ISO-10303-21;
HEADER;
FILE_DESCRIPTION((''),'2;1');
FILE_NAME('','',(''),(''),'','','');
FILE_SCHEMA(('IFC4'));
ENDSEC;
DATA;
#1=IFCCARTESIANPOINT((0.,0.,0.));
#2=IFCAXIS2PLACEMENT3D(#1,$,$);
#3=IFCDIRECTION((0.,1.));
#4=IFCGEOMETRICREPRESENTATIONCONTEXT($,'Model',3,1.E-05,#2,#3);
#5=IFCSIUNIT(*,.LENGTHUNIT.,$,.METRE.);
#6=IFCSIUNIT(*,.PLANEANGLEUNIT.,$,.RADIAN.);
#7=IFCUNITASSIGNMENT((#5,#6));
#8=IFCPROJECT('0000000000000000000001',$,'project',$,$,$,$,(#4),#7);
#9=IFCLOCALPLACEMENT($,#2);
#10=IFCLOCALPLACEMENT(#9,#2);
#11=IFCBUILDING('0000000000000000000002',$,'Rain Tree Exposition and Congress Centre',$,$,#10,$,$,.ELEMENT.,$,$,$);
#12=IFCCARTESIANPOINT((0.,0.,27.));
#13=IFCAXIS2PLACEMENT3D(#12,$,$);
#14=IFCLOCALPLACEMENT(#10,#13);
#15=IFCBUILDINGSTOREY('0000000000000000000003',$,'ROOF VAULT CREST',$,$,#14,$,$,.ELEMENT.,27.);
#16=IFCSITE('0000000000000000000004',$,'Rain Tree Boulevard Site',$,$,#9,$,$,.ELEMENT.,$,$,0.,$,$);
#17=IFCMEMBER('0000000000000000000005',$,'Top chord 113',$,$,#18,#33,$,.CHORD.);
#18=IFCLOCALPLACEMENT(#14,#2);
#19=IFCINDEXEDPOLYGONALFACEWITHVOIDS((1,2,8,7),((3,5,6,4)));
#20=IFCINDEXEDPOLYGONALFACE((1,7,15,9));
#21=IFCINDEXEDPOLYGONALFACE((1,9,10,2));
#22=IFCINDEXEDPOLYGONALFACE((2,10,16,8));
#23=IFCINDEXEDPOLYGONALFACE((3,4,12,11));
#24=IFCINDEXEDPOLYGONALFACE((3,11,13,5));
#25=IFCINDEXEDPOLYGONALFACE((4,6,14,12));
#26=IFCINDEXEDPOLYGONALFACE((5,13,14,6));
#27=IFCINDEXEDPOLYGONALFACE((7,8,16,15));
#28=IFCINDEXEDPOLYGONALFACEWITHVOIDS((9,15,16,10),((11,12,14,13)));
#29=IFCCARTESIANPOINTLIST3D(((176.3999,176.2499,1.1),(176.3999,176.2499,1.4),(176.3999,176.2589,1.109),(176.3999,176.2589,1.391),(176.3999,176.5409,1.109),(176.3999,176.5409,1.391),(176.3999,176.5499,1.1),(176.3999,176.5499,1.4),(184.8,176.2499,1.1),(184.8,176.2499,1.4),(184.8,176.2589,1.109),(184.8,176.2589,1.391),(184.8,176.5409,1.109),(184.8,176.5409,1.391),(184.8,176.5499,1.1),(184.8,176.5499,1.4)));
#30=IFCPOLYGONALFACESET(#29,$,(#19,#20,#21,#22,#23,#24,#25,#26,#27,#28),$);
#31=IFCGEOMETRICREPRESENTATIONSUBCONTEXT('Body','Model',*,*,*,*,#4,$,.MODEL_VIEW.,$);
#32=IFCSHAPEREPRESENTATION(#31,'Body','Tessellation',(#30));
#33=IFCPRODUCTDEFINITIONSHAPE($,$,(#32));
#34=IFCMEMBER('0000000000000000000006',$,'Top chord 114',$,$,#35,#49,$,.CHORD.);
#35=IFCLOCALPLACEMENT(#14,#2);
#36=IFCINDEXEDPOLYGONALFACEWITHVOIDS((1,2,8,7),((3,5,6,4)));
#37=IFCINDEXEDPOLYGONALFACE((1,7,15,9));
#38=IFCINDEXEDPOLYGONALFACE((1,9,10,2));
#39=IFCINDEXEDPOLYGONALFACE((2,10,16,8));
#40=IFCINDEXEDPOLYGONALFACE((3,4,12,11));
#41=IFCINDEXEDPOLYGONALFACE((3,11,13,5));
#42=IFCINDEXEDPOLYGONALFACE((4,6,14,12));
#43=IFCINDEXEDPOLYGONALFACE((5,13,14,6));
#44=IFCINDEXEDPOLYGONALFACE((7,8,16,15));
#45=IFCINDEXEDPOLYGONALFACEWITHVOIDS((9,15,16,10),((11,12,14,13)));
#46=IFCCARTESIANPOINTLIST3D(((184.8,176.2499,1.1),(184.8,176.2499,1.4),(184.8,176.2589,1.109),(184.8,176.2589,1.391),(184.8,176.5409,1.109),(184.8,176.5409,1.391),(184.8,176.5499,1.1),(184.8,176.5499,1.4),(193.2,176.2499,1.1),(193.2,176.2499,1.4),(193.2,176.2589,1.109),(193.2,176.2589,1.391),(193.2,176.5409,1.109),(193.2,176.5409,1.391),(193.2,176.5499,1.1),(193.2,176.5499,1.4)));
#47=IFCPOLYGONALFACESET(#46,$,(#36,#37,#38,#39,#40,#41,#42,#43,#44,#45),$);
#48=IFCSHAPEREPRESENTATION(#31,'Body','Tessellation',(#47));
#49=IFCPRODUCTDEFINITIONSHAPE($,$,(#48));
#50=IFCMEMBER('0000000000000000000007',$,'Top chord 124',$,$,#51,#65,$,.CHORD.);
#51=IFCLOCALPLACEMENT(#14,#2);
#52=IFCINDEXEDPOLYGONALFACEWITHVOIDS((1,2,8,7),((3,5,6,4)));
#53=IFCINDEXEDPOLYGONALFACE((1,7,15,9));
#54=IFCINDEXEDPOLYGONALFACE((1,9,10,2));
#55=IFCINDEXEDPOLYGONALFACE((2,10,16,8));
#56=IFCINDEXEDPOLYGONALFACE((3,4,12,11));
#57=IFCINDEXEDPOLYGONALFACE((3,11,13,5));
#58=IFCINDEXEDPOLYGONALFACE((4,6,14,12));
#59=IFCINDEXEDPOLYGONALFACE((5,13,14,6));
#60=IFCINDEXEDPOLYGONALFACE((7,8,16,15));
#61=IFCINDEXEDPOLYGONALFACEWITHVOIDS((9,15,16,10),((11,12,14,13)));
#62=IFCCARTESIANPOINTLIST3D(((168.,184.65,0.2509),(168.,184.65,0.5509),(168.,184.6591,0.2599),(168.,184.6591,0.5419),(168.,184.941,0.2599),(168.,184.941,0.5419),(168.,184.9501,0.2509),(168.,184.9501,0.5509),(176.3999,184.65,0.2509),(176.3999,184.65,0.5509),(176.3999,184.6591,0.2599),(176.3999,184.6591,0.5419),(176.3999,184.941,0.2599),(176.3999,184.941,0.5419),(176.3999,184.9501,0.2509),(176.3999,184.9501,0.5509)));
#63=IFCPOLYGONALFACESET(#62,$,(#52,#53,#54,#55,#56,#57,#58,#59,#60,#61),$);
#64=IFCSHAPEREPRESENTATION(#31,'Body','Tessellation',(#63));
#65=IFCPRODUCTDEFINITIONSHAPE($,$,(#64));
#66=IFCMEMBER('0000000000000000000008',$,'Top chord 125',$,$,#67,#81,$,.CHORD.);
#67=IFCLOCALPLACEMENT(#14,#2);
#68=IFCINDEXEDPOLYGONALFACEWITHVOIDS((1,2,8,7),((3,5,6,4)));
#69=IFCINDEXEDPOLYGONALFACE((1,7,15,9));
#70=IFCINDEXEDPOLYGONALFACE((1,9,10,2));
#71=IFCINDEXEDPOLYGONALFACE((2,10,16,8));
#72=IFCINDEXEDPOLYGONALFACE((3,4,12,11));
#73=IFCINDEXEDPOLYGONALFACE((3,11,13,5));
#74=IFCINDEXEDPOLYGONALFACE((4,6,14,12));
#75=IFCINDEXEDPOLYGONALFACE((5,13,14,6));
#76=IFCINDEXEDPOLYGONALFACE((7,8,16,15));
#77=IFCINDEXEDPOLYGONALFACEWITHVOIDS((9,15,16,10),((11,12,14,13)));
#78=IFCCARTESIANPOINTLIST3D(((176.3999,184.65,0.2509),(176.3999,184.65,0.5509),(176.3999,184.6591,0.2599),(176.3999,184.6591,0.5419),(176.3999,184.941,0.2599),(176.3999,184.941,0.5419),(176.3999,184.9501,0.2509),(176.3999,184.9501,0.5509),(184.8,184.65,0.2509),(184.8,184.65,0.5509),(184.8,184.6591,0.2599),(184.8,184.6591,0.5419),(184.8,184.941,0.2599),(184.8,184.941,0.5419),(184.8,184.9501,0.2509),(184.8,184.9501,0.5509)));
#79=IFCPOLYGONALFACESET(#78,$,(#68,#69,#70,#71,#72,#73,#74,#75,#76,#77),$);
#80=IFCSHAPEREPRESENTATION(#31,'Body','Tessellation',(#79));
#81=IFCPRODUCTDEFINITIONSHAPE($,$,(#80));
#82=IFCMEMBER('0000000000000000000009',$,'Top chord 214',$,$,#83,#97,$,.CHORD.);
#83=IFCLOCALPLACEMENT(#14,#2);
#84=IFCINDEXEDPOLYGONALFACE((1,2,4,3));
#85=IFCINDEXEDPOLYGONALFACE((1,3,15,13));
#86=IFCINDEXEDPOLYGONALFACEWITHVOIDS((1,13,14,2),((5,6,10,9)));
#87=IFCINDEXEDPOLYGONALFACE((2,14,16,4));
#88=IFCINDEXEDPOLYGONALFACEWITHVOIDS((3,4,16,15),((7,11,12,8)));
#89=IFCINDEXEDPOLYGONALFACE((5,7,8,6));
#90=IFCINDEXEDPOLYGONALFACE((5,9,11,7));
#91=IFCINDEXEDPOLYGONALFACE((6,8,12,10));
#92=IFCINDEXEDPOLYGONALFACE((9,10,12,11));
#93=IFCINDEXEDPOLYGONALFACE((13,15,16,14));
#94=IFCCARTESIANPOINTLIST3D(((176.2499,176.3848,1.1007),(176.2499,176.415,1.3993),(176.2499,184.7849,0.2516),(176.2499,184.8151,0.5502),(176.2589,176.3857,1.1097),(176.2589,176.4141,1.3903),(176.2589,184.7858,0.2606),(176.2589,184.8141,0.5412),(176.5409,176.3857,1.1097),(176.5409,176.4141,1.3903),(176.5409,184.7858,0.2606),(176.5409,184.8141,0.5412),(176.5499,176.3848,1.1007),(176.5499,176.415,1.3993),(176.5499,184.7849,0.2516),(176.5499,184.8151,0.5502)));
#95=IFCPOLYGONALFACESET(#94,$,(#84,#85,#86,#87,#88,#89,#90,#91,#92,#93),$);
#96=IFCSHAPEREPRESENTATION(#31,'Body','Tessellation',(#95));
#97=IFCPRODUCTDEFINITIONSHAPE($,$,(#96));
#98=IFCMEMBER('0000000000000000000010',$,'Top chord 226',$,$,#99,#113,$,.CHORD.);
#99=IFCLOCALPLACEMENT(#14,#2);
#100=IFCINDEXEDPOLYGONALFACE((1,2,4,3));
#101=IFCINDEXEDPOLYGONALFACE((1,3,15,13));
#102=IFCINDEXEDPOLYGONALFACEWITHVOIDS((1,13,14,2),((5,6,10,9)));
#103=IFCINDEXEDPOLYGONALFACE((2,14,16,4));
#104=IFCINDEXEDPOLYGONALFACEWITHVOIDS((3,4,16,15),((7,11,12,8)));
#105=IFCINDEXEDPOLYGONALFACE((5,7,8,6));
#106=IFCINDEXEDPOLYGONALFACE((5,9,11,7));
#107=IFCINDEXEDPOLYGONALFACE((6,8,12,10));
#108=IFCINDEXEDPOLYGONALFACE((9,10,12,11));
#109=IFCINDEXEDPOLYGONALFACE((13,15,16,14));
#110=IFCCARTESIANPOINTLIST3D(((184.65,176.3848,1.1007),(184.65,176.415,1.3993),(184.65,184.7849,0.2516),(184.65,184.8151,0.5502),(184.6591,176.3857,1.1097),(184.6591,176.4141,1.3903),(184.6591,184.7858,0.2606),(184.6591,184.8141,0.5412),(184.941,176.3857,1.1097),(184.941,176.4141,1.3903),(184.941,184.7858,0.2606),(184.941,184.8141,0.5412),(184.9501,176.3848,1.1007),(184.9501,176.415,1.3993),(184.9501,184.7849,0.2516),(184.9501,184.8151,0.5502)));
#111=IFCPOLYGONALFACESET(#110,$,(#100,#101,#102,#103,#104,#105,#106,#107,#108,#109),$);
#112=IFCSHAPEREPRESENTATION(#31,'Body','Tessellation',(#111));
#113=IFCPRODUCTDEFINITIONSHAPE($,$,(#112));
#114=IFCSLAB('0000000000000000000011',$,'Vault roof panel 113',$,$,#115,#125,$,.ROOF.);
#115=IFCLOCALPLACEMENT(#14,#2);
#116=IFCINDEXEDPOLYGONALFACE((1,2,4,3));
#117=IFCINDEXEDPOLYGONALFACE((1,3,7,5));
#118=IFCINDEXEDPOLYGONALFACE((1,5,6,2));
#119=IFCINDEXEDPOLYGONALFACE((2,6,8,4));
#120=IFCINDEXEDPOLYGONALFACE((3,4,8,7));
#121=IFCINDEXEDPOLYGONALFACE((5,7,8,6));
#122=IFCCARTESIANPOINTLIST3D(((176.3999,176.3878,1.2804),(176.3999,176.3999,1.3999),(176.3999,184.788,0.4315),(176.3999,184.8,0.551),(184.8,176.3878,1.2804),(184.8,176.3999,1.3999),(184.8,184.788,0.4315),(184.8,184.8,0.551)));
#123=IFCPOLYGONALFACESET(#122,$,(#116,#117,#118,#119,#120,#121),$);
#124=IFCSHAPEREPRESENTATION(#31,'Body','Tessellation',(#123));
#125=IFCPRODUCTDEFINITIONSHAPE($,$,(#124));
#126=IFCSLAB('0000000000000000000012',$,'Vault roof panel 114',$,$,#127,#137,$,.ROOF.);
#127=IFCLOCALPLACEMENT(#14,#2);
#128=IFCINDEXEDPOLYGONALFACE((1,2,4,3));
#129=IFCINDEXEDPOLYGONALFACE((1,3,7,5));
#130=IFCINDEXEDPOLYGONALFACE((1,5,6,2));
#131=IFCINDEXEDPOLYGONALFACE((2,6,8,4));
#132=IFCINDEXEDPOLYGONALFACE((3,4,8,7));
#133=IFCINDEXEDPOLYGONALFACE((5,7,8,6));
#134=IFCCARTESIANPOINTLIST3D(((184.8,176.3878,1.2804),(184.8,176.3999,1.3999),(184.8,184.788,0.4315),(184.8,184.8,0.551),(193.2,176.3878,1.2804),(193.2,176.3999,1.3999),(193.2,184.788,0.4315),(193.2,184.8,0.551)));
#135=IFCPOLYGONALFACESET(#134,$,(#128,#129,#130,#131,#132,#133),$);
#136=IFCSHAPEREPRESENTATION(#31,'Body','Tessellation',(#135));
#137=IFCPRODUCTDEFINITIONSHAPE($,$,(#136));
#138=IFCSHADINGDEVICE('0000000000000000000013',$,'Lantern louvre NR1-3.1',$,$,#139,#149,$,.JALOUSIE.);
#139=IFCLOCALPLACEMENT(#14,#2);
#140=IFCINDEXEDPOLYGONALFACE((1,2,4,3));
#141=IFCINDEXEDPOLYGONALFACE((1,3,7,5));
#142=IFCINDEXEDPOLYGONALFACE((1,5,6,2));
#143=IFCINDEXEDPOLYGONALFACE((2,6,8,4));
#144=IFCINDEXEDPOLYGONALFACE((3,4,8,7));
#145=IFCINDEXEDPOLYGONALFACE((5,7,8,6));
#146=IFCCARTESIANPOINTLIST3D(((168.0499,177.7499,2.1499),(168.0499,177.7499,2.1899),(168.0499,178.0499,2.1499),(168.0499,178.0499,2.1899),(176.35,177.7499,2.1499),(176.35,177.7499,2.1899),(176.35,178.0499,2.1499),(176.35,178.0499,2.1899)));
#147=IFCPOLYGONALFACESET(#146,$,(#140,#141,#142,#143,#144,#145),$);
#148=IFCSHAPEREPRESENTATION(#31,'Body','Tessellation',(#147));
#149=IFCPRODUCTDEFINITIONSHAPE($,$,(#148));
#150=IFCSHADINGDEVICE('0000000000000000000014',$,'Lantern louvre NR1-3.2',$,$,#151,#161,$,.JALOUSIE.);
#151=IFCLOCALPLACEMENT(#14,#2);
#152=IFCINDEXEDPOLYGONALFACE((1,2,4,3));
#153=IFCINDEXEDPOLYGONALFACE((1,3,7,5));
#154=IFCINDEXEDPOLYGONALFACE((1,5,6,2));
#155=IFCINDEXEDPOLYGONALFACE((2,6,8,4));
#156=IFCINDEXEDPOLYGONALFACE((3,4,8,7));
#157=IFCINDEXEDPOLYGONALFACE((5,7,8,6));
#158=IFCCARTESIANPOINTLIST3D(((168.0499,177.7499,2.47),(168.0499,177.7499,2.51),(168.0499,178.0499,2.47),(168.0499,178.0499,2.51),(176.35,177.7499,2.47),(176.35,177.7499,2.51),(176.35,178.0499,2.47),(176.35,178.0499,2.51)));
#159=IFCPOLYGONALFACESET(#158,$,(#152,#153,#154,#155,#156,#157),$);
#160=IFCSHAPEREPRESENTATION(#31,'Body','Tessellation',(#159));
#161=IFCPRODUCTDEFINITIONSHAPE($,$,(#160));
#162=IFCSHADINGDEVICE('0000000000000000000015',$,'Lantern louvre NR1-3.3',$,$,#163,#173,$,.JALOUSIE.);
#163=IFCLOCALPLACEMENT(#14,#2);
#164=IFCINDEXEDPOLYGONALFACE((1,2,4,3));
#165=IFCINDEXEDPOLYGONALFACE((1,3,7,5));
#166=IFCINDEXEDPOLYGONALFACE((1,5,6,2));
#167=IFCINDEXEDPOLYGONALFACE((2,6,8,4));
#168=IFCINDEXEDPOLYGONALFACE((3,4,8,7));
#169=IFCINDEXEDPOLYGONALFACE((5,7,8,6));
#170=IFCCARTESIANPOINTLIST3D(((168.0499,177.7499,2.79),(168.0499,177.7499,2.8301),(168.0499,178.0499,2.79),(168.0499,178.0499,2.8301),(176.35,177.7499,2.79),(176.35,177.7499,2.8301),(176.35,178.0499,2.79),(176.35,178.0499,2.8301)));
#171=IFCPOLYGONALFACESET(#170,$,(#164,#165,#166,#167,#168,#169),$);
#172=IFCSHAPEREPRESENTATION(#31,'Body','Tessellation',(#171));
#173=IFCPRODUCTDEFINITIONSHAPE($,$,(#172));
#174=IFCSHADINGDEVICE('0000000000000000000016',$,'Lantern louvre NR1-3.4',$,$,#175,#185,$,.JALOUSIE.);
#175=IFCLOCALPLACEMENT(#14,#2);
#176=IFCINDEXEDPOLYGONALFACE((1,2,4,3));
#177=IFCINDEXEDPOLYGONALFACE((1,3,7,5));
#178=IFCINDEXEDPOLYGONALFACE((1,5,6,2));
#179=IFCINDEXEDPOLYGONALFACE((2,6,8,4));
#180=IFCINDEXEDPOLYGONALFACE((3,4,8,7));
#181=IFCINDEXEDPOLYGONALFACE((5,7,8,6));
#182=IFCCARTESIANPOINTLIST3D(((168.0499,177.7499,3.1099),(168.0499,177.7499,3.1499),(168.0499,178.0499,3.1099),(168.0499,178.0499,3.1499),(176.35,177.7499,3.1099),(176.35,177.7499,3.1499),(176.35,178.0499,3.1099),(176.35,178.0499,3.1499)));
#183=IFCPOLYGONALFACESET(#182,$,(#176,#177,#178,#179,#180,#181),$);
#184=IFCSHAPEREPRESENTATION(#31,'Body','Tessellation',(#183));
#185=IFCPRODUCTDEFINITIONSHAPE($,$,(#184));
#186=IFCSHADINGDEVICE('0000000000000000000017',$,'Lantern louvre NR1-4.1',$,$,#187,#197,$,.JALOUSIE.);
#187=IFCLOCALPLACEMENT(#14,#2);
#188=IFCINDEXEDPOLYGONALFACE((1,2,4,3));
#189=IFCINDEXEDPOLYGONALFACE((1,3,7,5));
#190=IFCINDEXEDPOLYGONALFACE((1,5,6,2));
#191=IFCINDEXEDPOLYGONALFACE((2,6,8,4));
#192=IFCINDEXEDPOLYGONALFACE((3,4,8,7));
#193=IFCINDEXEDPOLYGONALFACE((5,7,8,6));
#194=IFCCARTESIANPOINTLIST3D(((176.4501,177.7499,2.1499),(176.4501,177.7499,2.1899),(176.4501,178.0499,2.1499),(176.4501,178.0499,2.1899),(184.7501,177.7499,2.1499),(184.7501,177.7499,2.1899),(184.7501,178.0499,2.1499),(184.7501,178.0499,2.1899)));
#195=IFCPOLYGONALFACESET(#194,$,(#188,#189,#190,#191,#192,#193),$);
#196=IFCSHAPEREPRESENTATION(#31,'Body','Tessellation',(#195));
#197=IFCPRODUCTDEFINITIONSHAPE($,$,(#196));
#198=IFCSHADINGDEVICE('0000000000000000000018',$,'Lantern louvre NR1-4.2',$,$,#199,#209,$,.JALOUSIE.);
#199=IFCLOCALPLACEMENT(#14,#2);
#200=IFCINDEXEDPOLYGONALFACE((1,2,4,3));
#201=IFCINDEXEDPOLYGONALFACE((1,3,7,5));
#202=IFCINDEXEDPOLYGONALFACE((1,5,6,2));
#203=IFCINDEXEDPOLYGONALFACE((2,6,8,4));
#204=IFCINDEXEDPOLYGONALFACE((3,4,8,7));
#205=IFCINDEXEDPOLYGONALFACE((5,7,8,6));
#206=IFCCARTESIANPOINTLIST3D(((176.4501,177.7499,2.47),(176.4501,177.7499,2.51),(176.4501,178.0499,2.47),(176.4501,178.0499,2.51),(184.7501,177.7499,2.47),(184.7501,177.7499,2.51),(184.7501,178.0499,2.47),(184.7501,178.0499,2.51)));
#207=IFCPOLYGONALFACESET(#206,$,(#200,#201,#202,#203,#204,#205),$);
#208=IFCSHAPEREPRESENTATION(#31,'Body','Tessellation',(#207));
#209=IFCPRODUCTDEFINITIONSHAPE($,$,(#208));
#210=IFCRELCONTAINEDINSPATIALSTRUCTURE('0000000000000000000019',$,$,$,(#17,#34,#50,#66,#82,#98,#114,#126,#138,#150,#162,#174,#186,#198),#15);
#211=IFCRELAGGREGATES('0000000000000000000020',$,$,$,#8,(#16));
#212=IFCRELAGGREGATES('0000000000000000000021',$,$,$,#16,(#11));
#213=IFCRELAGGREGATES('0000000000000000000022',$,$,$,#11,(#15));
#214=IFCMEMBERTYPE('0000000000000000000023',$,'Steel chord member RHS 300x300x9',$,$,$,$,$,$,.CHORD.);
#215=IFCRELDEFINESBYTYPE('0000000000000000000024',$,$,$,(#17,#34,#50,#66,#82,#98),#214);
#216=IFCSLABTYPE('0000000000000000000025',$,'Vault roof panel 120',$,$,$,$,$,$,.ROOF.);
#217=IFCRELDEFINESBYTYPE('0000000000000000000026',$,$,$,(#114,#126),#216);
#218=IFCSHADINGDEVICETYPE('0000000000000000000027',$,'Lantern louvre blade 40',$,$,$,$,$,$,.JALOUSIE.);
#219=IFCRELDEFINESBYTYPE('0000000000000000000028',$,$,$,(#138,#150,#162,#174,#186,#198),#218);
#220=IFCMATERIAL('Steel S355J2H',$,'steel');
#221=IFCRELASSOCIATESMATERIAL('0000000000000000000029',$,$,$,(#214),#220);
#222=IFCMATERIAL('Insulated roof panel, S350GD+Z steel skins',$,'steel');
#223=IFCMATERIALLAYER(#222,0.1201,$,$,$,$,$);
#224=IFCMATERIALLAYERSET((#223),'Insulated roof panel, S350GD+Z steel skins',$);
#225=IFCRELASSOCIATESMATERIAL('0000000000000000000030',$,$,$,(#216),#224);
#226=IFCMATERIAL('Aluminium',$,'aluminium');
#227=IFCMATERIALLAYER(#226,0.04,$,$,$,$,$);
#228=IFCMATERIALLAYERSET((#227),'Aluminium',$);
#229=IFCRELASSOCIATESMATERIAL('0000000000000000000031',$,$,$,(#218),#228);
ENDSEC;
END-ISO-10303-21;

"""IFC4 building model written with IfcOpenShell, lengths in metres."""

from ifc_helpers import new_model, si_unit, direction, frame, origin, origin_2d, place, context, subcontext, project, spatial, polyline, rectangle, hollow_rectangle, outline, extrude, material, layer, layer_set, material_profile, profile_set, type_object, element, save


model = new_model("IFC4")

# Units and contexts
model_context = context("Model", 3, precision=1e-05, world=origin(), true_north=direction((0.0, 1.0)))
body_context = subcontext(model_context, "Body", "Model", "MODEL_VIEW")
ifc_project = project(units=[si_unit("LENGTHUNIT", "METRE"), si_unit("PLANEANGLEUNIT", "RADIAN")], contexts=[model_context])

# Site, building, storey
site_placement = place(None, origin())
site = spatial("IfcSite", under=ifc_project, at=site_placement, Name="Rain Tree Boulevard Site", CompositionType="ELEMENT", RefElevation=0.0)
building_placement = place(site_placement, origin())
building = spatial("IfcBuilding", under=site, at=building_placement, Name="Rain Tree Exposition and Congress Centre", CompositionType="ELEMENT")
storey_placement = place(building_placement, frame((0.0, 0.0, 27.0)))
storey = spatial("IfcBuildingStorey", under=building, at=storey_placement, Name="ROOF VAULT CREST", CompositionType="ELEMENT", Elevation=27.0)

# Members
ifc_material_1 = material(Name="Steel S355J2H", Category="steel")
ifc_material_profile_1 = material_profile(ifc_material_1, hollow_rectangle(XDim=0.3, YDim=0.3, WallThickness=0.009, at=origin_2d()), Name="RHS 300x300x9")
ifc_profile_set_1 = profile_set([ifc_material_profile_1], Name="Steel S355J2H")
member_type = type_object("IfcMemberType", Name="Steel chord member RHS 300x300x9", PredefinedType="CHORD", material=ifc_profile_set_1)
member_1_placement = place(storey_placement, frame((176.3999, 176.3999, 1.25), z_axis=(1.0, 0.0, 0.0), x_axis=(0.0, 1.0, 0.0)))
element("IfcMember", 1, at=member_1_placement, inside=storey, type_object=member_type, Name="Top chord 113", PredefinedType="CHORD", context=body_context, shape_type="SweptSolid", body=[
    extrude(hollow_rectangle(XDim=0.3, YDim=0.3, WallThickness=0.009, at=origin_2d()), origin(), (0.0, 0.0, 1.0), 8.4001),
])
for number, where, z_axis, x_axis, name in (
    (2, (184.8, 176.3999, 1.25), (1.0, 0.0, 0.0), (0.0, 1.0, 0.0), "Top chord 114"),
    (3, (168.0, 184.8, 0.4009), (1.0, 0.0, 0.0), (0.0, 1.0, 0.0), "Top chord 124"),
):
    element("IfcMember", number, at=place(storey_placement, frame(where, z_axis=z_axis, x_axis=x_axis)), inside=storey, type_object=member_type, Name=name, PredefinedType="CHORD", context=body_context, shape_type="SweptSolid", body=[
        extrude(hollow_rectangle(XDim=0.3, YDim=0.3, WallThickness=0.009, at=origin_2d()), origin(), (0.0, 0.0, 1.0), 8.3999),
    ])
member_2_placement = place(storey_placement, frame((176.3999, 184.8, 0.4009), z_axis=(1.0, 0.0, 0.0), x_axis=(0.0, 1.0, 0.0)))
element("IfcMember", 4, at=member_2_placement, inside=storey, type_object=member_type, Name="Top chord 125", PredefinedType="CHORD", context=body_context, shape_type="SweptSolid", body=[
    extrude(hollow_rectangle(XDim=0.3, YDim=0.3, WallThickness=0.009, at=origin_2d()), origin(), (0.0, 0.0, 1.0), 8.4001),
])
for number, where, z_axis, x_axis, name in (
    (5, (176.3999, 176.3999, 1.25), (0.0, 0.99493, -0.100572), (-1.0, 0.0, 0.0), "Top chord 214"),
    (6, (184.8, 176.3999, 1.25), (0.0, 0.99493, -0.100572), (-1.0, 0.0, 0.0), "Top chord 226"),
):
    element("IfcMember", number, at=place(storey_placement, frame(where, z_axis=z_axis, x_axis=x_axis)), inside=storey, type_object=member_type, Name=name, PredefinedType="CHORD", context=body_context, shape_type="SweptSolid", body=[
        extrude(hollow_rectangle(XDim=0.3, YDim=0.3, WallThickness=0.009, at=origin_2d()), origin(), (0.0, 0.0, 1.0), 8.4429),
    ])

# Slabs
ifc_material_2 = material(Name="Insulated roof panel, S350GD+Z steel skins", Category="steel")
ifc_layer_1 = layer(ifc_material_2, 0.1201)
ifc_layer_set_1 = layer_set([ifc_layer_1], Name="Insulated roof panel, S350GD+Z steel skins")
slab_type = type_object("IfcSlabType", Name="Vault roof panel 120", PredefinedType="ROOF", material=ifc_layer_set_1)
slab_1_placement = place(storey_placement, frame((176.3999, 176.3999, 1.3999), z_axis=(0.0, 0.100543, 0.994933), x_axis=(1.0, 0.0, 0.0)))
element("IfcSlab", 7, at=slab_1_placement, inside=storey, type_object=slab_type, Name="Vault roof panel 113", PredefinedType="ROOF", context=body_context, shape_type="SweptSolid", body=[
    extrude(outline(polyline([(0.0, 0.0), (8.4001, 0.0), (8.4001, 8.4429), (0.0, 8.4429), (0.0, 0.0)])), origin(), (0.0, 0.0, -1.0), 0.1201),
])
slab_2_placement = place(storey_placement, frame((184.8, 176.3999, 1.3999), z_axis=(0.0, 0.100543, 0.994933), x_axis=(1.0, 0.0, 0.0)))
element("IfcSlab", 8, at=slab_2_placement, inside=storey, type_object=slab_type, Name="Vault roof panel 114", PredefinedType="ROOF", context=body_context, shape_type="SweptSolid", body=[
    extrude(outline(polyline([(0.0, 0.0), (8.3999, 0.0), (8.3999, 8.4429), (0.0, 8.4429), (0.0, 0.0)])), origin(), (0.0, 0.0, -1.0), 0.1201),
])

# Shading devices
ifc_material_3 = material(Name="Aluminium", Category="aluminium")
ifc_layer_2 = layer(ifc_material_3, 0.04)
ifc_layer_set_2 = layer_set([ifc_layer_2], Name="Aluminium")
shading_device_type = type_object("IfcShadingDeviceType", Name="Lantern louvre blade 40", PredefinedType="JALOUSIE", material=ifc_layer_set_2)
for number, where, z_axis, x_axis, name in (
    (9, (172.2, 177.8999, 2.1499), (0.0, 0.0, 1.0), (1.0, 0.0, 0.0), "Lantern louvre NR1-3.1"),
    (10, (172.2, 177.8999, 2.47), (0.0, 0.0, 1.0), (1.0, 0.0, 0.0), "Lantern louvre NR1-3.2"),
    (11, (172.2, 177.8999, 2.79), (0.0, 0.0, 1.0), (1.0, 0.0, 0.0), "Lantern louvre NR1-3.3"),
    (12, (172.2, 177.8999, 3.1099), (0.0, 0.0, 1.0), (1.0, 0.0, 0.0), "Lantern louvre NR1-3.4"),
    (13, (180.6001, 177.8999, 2.1499), (0.0, 0.0, 1.0), (1.0, 0.0, 0.0), "Lantern louvre NR1-4.1"),
    (14, (180.6001, 177.8999, 2.47), (0.0, 0.0, 1.0), (1.0, 0.0, 0.0), "Lantern louvre NR1-4.2"),
):
    element("IfcShadingDevice", number, at=place(storey_placement, frame(where, z_axis=z_axis, x_axis=x_axis)), inside=storey, type_object=shading_device_type, Name=name, PredefinedType="JALOUSIE", context=body_context, shape_type="SweptSolid", body=[
        extrude(rectangle(XDim=8.3, YDim=0.3, at=origin_2d()), origin(), (0.0, 0.0, 1.0), 0.04),
    ])

save(model, "model.ifc")
